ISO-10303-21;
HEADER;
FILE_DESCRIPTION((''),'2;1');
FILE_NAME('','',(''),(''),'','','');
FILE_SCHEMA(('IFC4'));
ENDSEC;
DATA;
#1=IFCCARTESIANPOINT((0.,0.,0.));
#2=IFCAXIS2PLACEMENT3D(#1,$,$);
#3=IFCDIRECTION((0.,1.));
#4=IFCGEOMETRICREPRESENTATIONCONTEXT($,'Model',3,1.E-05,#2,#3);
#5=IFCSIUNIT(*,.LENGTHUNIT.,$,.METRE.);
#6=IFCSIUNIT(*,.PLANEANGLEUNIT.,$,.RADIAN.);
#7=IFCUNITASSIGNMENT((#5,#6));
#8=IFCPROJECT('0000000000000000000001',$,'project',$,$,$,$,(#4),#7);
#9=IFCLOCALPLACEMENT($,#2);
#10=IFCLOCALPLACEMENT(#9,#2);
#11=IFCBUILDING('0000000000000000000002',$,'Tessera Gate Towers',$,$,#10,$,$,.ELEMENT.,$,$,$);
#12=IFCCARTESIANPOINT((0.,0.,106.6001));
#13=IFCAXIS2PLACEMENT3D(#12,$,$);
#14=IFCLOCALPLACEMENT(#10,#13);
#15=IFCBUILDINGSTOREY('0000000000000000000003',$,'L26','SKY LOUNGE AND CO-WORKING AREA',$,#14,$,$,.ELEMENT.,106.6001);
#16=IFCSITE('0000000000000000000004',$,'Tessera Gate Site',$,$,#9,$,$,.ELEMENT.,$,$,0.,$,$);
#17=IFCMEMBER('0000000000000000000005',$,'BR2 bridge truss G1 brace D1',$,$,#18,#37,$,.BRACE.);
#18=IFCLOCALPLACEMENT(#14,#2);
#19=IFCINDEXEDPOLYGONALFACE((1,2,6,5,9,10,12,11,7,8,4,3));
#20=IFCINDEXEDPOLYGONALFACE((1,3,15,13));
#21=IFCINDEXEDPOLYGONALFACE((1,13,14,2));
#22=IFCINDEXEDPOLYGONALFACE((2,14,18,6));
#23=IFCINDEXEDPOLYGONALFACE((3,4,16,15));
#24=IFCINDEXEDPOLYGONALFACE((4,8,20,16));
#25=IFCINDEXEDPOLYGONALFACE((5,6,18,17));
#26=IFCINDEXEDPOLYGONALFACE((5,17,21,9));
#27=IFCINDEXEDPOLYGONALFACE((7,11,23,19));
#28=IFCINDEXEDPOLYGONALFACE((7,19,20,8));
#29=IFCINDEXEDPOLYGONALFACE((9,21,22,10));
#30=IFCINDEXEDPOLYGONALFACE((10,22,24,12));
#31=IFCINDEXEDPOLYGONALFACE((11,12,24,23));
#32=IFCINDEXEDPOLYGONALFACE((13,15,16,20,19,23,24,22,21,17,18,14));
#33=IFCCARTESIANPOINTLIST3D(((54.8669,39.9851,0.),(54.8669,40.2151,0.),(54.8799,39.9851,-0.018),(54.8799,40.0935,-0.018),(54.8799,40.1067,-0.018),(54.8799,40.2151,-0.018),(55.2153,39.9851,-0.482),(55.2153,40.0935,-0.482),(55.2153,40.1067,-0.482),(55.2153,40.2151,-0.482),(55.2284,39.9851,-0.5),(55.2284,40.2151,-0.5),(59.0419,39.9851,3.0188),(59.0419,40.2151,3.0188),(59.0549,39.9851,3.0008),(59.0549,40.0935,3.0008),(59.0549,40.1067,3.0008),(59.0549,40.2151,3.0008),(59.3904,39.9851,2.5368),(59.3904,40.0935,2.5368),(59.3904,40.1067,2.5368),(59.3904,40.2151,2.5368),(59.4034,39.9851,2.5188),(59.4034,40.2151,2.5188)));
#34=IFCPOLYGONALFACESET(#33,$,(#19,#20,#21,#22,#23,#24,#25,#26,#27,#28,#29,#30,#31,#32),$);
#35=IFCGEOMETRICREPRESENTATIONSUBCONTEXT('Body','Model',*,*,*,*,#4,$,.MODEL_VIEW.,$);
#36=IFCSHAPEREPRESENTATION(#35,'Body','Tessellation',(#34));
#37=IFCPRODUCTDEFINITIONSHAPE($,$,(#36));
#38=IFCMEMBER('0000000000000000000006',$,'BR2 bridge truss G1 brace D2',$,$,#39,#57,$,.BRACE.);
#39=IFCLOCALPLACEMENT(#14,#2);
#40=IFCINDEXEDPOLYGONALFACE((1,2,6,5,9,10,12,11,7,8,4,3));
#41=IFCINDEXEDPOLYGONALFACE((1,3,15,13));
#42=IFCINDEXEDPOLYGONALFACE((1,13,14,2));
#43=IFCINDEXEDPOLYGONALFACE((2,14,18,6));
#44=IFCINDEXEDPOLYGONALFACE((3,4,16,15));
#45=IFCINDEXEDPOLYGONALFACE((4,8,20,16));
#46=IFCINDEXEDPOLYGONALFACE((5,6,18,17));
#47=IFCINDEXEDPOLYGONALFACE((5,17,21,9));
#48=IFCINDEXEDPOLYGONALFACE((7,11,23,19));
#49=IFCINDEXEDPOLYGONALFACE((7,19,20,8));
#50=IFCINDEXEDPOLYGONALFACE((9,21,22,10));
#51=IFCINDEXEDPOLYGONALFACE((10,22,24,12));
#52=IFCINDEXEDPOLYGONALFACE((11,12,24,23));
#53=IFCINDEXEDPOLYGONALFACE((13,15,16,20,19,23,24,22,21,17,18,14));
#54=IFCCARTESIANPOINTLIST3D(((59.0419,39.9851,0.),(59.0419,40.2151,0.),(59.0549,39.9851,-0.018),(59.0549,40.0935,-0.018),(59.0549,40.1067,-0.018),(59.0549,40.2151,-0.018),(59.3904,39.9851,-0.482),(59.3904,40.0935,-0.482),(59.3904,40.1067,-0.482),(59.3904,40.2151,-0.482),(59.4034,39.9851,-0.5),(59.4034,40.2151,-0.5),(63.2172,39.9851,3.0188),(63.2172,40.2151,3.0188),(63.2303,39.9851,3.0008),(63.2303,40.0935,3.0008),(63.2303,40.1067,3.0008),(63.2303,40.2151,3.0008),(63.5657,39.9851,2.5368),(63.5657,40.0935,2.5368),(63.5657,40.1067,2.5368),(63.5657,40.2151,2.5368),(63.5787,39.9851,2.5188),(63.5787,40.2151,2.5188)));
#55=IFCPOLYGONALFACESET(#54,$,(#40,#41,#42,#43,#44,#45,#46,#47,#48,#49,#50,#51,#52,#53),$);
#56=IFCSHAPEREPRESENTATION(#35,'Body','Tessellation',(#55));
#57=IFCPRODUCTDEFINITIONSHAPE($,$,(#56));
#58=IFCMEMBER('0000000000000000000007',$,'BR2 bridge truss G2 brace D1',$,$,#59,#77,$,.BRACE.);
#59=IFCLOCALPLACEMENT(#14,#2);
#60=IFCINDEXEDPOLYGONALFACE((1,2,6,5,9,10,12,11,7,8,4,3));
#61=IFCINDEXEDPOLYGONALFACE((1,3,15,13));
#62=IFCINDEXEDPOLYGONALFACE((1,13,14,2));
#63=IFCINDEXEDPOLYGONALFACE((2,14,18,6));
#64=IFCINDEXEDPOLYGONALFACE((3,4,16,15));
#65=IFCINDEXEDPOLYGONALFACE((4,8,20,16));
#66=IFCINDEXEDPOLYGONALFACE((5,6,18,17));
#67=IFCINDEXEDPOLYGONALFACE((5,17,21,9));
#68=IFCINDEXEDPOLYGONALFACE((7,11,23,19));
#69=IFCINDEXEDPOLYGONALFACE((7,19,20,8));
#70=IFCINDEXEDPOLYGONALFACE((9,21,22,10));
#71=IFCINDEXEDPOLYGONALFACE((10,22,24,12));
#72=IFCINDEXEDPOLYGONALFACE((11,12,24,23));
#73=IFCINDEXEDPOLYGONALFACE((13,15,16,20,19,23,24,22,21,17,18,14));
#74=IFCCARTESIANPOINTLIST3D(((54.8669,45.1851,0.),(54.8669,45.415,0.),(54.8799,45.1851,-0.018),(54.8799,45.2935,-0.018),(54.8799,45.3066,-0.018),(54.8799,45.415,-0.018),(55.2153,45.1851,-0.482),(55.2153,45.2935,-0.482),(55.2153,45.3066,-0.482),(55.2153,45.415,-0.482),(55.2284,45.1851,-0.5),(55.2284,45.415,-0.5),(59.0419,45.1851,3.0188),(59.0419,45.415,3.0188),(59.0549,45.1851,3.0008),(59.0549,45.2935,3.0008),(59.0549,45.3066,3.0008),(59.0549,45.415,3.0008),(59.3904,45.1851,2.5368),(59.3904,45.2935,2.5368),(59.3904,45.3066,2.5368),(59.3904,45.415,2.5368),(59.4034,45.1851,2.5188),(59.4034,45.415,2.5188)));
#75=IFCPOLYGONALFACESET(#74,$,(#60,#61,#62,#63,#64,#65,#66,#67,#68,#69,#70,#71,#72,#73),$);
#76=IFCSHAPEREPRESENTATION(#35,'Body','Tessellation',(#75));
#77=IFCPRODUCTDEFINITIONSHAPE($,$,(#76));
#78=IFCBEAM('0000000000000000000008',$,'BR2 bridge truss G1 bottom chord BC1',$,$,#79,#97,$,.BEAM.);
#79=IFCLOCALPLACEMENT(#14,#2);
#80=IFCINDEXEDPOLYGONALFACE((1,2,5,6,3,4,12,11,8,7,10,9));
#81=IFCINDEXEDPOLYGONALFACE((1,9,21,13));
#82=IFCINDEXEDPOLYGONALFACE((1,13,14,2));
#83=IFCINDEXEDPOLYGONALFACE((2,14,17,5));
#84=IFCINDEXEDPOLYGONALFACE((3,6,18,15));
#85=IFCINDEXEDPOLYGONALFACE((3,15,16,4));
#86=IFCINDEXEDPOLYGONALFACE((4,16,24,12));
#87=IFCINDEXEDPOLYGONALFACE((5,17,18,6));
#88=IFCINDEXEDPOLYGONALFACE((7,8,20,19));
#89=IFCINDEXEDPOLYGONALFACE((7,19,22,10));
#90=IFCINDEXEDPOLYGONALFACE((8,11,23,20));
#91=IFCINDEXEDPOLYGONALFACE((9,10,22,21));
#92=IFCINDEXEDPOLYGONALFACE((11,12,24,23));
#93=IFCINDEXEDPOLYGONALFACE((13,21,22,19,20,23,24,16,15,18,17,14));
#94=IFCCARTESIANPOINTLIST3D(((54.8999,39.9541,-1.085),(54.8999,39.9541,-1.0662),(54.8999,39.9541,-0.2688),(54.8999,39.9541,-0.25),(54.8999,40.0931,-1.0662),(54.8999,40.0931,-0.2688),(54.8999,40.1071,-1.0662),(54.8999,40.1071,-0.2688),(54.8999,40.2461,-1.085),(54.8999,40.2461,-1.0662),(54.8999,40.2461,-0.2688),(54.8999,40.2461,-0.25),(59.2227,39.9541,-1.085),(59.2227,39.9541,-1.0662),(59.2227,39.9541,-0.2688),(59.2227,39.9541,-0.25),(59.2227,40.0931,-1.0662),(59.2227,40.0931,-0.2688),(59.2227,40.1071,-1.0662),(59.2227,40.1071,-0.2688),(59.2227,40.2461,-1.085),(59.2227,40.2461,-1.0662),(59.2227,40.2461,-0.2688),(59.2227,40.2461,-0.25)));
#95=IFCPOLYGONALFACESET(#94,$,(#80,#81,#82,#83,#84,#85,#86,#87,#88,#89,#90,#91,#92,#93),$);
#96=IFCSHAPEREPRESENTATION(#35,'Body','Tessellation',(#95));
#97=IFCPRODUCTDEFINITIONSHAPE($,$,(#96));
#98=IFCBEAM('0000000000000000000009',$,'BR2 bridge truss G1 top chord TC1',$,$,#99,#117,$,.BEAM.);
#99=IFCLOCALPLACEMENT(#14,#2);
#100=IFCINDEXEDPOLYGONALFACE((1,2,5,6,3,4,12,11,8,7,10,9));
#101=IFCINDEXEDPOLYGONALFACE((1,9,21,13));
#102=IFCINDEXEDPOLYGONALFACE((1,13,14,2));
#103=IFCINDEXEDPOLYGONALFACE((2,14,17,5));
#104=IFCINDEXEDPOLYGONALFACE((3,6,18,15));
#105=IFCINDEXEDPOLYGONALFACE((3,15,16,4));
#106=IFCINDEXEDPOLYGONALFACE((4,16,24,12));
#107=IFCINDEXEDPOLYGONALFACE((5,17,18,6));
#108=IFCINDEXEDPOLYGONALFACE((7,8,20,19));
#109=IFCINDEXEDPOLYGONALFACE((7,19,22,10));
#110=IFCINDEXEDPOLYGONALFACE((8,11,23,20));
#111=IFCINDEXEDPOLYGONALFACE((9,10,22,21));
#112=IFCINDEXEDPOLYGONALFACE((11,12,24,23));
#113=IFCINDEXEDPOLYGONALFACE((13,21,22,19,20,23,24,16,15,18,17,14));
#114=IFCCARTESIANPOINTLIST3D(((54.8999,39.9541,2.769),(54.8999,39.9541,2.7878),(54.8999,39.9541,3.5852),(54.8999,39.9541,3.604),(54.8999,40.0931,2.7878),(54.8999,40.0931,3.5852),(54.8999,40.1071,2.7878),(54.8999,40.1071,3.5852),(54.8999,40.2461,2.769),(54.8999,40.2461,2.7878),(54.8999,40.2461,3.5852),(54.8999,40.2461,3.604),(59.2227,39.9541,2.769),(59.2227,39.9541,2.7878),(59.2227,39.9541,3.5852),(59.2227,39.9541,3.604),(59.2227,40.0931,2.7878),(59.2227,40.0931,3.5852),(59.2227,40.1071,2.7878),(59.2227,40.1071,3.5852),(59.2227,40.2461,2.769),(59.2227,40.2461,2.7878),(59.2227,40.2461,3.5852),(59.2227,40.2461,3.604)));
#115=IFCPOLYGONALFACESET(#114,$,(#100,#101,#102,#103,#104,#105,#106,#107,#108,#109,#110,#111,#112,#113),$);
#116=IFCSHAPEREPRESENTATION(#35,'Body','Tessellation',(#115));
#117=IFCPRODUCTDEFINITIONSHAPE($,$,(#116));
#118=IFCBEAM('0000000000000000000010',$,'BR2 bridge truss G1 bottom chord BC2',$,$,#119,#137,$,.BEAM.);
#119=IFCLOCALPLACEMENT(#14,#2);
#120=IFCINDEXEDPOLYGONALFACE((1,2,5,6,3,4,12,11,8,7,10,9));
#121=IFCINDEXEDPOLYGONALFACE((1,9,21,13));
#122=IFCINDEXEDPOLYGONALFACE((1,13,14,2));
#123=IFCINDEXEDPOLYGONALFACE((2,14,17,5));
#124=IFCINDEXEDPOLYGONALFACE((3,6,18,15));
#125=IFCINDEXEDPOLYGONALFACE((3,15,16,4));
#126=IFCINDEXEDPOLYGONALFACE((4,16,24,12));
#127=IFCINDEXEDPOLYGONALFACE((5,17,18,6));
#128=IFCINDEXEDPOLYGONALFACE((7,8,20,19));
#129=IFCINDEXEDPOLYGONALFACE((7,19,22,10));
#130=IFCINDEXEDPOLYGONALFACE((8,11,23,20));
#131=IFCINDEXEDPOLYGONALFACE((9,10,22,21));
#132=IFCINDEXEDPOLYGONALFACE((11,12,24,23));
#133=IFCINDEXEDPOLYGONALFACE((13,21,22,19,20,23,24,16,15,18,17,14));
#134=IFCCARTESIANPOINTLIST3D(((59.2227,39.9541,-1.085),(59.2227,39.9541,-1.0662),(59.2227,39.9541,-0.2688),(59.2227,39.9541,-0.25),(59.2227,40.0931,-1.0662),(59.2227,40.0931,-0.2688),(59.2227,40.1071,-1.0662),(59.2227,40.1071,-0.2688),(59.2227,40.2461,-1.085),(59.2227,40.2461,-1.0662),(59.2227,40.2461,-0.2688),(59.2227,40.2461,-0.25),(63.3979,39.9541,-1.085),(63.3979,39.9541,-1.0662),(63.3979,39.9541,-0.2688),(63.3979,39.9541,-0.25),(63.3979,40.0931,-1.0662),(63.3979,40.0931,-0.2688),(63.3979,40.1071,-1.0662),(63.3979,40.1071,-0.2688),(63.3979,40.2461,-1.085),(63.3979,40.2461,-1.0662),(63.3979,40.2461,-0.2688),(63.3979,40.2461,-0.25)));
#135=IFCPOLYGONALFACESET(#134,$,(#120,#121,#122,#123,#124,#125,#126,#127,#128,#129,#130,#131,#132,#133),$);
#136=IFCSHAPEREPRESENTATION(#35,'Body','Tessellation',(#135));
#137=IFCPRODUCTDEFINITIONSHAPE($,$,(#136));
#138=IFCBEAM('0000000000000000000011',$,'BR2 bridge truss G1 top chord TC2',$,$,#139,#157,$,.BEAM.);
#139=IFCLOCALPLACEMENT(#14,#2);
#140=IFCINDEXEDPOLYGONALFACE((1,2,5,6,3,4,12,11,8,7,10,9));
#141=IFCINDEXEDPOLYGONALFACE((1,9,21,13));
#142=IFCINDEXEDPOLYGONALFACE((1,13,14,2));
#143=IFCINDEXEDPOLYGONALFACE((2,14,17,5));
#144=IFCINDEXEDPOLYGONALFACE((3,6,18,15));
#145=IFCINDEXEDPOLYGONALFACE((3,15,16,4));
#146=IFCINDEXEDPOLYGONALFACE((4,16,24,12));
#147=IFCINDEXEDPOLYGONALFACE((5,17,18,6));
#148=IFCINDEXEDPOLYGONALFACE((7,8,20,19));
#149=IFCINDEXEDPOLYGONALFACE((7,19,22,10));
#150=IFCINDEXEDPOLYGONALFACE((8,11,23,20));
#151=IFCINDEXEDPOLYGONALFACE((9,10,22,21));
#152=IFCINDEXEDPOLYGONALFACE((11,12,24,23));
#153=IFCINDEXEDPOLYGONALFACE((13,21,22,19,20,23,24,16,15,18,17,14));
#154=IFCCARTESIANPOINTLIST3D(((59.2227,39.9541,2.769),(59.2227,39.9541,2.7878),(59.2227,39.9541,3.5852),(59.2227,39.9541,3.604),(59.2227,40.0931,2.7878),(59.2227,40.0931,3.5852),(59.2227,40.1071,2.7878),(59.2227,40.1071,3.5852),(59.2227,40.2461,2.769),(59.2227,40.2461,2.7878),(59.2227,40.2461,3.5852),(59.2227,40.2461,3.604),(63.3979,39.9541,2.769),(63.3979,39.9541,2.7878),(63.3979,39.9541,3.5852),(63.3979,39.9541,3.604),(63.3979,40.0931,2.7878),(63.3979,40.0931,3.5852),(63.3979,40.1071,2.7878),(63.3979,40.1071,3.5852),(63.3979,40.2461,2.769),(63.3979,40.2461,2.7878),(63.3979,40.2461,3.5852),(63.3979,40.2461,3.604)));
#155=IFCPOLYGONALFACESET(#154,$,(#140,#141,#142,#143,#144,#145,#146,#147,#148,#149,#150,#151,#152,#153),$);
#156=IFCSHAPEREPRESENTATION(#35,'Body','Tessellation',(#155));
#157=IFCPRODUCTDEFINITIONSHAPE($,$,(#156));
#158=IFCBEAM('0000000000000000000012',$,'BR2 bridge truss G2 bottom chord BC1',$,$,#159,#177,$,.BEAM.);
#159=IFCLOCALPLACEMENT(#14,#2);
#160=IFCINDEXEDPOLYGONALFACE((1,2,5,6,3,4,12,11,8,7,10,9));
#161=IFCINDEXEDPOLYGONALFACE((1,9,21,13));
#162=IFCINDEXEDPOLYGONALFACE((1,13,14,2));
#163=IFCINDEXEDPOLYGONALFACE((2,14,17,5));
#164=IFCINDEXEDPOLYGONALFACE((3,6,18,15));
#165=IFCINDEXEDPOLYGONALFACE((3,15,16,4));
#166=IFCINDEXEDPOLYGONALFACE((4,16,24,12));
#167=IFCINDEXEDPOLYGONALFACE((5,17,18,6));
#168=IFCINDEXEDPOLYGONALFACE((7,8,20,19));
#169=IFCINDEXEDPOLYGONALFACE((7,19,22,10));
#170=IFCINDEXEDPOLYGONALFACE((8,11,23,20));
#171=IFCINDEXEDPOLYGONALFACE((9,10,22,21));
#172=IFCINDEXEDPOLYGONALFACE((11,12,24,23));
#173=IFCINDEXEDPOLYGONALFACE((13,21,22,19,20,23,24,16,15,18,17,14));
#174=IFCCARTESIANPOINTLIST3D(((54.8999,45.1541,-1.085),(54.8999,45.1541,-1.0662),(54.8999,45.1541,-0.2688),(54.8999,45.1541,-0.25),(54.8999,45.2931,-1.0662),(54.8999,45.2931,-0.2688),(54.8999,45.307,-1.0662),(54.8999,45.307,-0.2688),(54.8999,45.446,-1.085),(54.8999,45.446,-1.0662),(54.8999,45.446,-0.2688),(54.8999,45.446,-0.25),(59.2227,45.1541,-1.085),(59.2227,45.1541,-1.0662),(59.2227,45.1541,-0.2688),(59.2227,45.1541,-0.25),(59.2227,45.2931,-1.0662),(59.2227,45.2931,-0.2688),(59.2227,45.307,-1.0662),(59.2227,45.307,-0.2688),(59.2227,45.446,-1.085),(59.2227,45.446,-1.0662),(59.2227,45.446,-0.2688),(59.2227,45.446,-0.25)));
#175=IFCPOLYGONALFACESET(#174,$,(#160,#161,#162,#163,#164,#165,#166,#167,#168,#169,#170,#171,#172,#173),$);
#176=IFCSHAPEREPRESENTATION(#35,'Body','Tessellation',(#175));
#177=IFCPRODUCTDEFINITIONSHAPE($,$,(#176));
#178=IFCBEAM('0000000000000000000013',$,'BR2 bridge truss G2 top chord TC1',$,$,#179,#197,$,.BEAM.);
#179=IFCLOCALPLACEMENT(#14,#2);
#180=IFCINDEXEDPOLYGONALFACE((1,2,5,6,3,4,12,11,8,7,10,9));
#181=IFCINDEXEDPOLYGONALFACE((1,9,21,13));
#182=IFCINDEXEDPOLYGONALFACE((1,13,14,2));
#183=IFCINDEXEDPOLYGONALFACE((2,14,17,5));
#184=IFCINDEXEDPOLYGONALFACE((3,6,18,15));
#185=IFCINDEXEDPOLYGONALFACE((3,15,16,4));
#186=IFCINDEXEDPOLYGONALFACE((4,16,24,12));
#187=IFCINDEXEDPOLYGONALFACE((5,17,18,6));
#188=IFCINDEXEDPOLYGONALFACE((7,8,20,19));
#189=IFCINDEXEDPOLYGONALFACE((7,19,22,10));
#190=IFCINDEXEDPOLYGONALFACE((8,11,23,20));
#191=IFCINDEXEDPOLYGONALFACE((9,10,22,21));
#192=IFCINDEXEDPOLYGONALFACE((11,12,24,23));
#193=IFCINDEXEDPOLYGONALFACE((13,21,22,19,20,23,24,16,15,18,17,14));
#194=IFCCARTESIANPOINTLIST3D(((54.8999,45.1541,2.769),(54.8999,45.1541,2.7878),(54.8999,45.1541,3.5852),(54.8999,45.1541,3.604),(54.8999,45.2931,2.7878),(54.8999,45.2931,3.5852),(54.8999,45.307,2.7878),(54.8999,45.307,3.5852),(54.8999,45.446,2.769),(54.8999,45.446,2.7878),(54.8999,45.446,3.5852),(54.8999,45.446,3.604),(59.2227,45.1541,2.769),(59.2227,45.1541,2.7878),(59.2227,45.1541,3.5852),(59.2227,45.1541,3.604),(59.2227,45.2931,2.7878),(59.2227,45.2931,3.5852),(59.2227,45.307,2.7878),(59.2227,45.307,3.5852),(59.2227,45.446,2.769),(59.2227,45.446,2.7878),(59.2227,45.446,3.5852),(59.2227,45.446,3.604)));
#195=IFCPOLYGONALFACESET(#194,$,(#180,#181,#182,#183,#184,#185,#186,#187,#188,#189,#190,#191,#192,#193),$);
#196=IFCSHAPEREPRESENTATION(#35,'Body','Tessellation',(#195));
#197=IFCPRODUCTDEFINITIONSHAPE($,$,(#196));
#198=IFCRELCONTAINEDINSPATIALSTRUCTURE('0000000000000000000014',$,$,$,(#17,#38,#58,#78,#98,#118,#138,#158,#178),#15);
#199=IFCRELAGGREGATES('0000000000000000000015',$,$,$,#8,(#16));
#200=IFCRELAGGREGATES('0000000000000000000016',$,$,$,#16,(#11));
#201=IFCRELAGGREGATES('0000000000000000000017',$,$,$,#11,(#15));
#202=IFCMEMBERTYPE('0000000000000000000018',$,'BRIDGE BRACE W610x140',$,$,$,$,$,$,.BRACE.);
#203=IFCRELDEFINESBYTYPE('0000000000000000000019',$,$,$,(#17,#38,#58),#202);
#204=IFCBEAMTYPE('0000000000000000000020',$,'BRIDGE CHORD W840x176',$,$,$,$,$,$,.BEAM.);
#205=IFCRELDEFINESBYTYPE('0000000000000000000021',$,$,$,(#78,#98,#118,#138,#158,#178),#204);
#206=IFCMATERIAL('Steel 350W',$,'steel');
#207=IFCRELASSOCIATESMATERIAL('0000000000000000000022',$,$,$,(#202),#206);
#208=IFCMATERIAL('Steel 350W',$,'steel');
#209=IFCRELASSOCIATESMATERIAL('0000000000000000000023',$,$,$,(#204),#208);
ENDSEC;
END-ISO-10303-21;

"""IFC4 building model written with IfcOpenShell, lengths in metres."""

from ifc_helpers import new_model, si_unit, direction, frame, origin, origin_2d, place, context, subcontext, project, spatial, i_section, extrude, material, material_profile, profile_set, type_object, element, save


model = new_model("IFC4")

# Units and contexts
model_context = context("Model", 3, precision=1e-05, world=origin(), true_north=direction((0.0, 1.0)))
body_context = subcontext(model_context, "Body", "Model", "MODEL_VIEW")
ifc_project = project(units=[si_unit("LENGTHUNIT", "METRE"), si_unit("PLANEANGLEUNIT", "RADIAN")], contexts=[model_context])

# Site, building, storey
site_placement = place(None, origin())
site = spatial("IfcSite", under=ifc_project, at=site_placement, Name="Tessera Gate Site", CompositionType="ELEMENT", RefElevation=0.0)
building_placement = place(site_placement, origin())
building = spatial("IfcBuilding", under=site, at=building_placement, Name="Tessera Gate Towers", CompositionType="ELEMENT")
storey_placement = place(building_placement, frame((0.0, 0.0, 106.6001)))
storey = spatial("IfcBuildingStorey", under=building, at=storey_placement, Name="L26", Description="SKY LOUNGE AND CO-WORKING AREA", CompositionType="ELEMENT", Elevation=106.6001)

# Members
ifc_material_1 = material(Name="Steel 350W", Category="steel")
ifc_material_profile_1 = material_profile(ifc_material_1, i_section(OverallWidth=0.23, OverallDepth=0.6169, WebThickness=0.0132, FlangeThickness=0.0222, at=origin_2d()), Name="W610x140")
ifc_profile_set_1 = profile_set([ifc_material_profile_1], Name="Steel 350W")
member_type_1 = type_object("IfcMemberType", Name="BRIDGE BRACE W610x140", PredefinedType="BRACE", material=ifc_profile_set_1)
member_1_placement = place(storey_placement, frame((55.0476, 40.1001, -0.25), z_axis=(0.810358, 0.0, 0.585935), x_axis=(0.0, 1.0, 0.0)))
element("IfcMember", 1, at=member_1_placement, inside=storey, type_object=member_type_1, Name="BR2 bridge truss G1 brace D1", PredefinedType="BRACE", context=body_context, shape_type="SweptSolid", body=[
    extrude(i_section(OverallWidth=0.23, OverallDepth=0.6169, WebThickness=0.0132, FlangeThickness=0.0222, at=origin_2d()), origin(), (0.0, 0.0, 1.0), 5.1521),
])
member_2_placement = place(storey_placement, frame((59.2227, 40.1001, -0.25), z_axis=(0.810374, 0.0, 0.585913), x_axis=(0.0, 1.0, 0.0)))
element("IfcMember", 2, at=member_2_placement, inside=storey, type_object=member_type_1, Name="BR2 bridge truss G1 brace D2", PredefinedType="BRACE", context=body_context, shape_type="SweptSolid", body=[
    extrude(i_section(OverallWidth=0.23, OverallDepth=0.6169, WebThickness=0.0132, FlangeThickness=0.0222, at=origin_2d()), origin(), (0.0, 0.0, 1.0), 5.1523),
])
member_3_placement = place(storey_placement, frame((55.0476, 45.3, -0.25), z_axis=(0.810358, 0.0, 0.585935), x_axis=(0.0, 1.0, 0.0)))
element("IfcMember", 3, at=member_3_placement, inside=storey, type_object=member_type_1, Name="BR2 bridge truss G2 brace D1", PredefinedType="BRACE", context=body_context, shape_type="SweptSolid", body=[
    extrude(i_section(OverallWidth=0.23, OverallDepth=0.6169, WebThickness=0.0132, FlangeThickness=0.0222, at=origin_2d()), origin(), (0.0, 0.0, 1.0), 5.1521),
])

# Beams
ifc_material_2 = material(Name="Steel 350W", Category="steel")
ifc_material_profile_2 = material_profile(ifc_material_2, i_section(OverallWidth=0.292, OverallDepth=0.835, WebThickness=0.0139, FlangeThickness=0.0188, at=origin_2d()), Name="W840x176")
ifc_profile_set_2 = profile_set([ifc_material_profile_2], Name="Steel 350W")
beam_type_1 = type_object("IfcBeamType", Name="BRIDGE CHORD W840x176", PredefinedType="BEAM", material=ifc_profile_set_2)
for number, where, z_axis, x_axis, name in (
    (4, (54.8999, 40.1001, -0.6675), (1.0, 0.0, 0.0), (0.0, 1.0, 0.0), "BR2 bridge truss G1 bottom chord BC1"),
    (5, (54.8999, 40.1001, 3.1865), (1.0, 0.0, 0.0), (0.0, 1.0, 0.0), "BR2 bridge truss G1 top chord TC1"),
):
    element("IfcBeam", number, at=place(storey_placement, frame(where, z_axis=z_axis, x_axis=x_axis)), inside=storey, type_object=beam_type_1, Name=name, PredefinedType="BEAM", context=body_context, shape_type="SweptSolid", body=[
        extrude(i_section(OverallWidth=0.292, OverallDepth=0.835, WebThickness=0.0139, FlangeThickness=0.0188, at=origin_2d()), origin(), (0.0, 0.0, 1.0), 4.3228),
    ])
for number, where, z_axis, x_axis, name in (
    (6, (59.2227, 40.1001, -0.6675), (1.0, 0.0, 0.0), (0.0, 1.0, 0.0), "BR2 bridge truss G1 bottom chord BC2"),
    (7, (59.2227, 40.1001, 3.1865), (1.0, 0.0, 0.0), (0.0, 1.0, 0.0), "BR2 bridge truss G1 top chord TC2"),
):
    element("IfcBeam", number, at=place(storey_placement, frame(where, z_axis=z_axis, x_axis=x_axis)), inside=storey, type_object=beam_type_1, Name=name, PredefinedType="BEAM", context=body_context, shape_type="SweptSolid", body=[
        extrude(i_section(OverallWidth=0.292, OverallDepth=0.835, WebThickness=0.0139, FlangeThickness=0.0188, at=origin_2d()), origin(), (0.0, 0.0, 1.0), 4.1753),
    ])
for number, where, z_axis, x_axis, name in (
    (8, (54.8999, 45.3, -0.6675), (1.0, 0.0, 0.0), (0.0, 1.0, 0.0), "BR2 bridge truss G2 bottom chord BC1"),
    (9, (54.8999, 45.3, 3.1865), (1.0, 0.0, 0.0), (0.0, 1.0, 0.0), "BR2 bridge truss G2 top chord TC1"),
):
    element("IfcBeam", number, at=place(storey_placement, frame(where, z_axis=z_axis, x_axis=x_axis)), inside=storey, type_object=beam_type_1, Name=name, PredefinedType="BEAM", context=body_context, shape_type="SweptSolid", body=[
        extrude(i_section(OverallWidth=0.292, OverallDepth=0.835, WebThickness=0.0139, FlangeThickness=0.0188, at=origin_2d()), origin(), (0.0, 0.0, 1.0), 4.3228),
    ])

save(model, "model.ifc")
